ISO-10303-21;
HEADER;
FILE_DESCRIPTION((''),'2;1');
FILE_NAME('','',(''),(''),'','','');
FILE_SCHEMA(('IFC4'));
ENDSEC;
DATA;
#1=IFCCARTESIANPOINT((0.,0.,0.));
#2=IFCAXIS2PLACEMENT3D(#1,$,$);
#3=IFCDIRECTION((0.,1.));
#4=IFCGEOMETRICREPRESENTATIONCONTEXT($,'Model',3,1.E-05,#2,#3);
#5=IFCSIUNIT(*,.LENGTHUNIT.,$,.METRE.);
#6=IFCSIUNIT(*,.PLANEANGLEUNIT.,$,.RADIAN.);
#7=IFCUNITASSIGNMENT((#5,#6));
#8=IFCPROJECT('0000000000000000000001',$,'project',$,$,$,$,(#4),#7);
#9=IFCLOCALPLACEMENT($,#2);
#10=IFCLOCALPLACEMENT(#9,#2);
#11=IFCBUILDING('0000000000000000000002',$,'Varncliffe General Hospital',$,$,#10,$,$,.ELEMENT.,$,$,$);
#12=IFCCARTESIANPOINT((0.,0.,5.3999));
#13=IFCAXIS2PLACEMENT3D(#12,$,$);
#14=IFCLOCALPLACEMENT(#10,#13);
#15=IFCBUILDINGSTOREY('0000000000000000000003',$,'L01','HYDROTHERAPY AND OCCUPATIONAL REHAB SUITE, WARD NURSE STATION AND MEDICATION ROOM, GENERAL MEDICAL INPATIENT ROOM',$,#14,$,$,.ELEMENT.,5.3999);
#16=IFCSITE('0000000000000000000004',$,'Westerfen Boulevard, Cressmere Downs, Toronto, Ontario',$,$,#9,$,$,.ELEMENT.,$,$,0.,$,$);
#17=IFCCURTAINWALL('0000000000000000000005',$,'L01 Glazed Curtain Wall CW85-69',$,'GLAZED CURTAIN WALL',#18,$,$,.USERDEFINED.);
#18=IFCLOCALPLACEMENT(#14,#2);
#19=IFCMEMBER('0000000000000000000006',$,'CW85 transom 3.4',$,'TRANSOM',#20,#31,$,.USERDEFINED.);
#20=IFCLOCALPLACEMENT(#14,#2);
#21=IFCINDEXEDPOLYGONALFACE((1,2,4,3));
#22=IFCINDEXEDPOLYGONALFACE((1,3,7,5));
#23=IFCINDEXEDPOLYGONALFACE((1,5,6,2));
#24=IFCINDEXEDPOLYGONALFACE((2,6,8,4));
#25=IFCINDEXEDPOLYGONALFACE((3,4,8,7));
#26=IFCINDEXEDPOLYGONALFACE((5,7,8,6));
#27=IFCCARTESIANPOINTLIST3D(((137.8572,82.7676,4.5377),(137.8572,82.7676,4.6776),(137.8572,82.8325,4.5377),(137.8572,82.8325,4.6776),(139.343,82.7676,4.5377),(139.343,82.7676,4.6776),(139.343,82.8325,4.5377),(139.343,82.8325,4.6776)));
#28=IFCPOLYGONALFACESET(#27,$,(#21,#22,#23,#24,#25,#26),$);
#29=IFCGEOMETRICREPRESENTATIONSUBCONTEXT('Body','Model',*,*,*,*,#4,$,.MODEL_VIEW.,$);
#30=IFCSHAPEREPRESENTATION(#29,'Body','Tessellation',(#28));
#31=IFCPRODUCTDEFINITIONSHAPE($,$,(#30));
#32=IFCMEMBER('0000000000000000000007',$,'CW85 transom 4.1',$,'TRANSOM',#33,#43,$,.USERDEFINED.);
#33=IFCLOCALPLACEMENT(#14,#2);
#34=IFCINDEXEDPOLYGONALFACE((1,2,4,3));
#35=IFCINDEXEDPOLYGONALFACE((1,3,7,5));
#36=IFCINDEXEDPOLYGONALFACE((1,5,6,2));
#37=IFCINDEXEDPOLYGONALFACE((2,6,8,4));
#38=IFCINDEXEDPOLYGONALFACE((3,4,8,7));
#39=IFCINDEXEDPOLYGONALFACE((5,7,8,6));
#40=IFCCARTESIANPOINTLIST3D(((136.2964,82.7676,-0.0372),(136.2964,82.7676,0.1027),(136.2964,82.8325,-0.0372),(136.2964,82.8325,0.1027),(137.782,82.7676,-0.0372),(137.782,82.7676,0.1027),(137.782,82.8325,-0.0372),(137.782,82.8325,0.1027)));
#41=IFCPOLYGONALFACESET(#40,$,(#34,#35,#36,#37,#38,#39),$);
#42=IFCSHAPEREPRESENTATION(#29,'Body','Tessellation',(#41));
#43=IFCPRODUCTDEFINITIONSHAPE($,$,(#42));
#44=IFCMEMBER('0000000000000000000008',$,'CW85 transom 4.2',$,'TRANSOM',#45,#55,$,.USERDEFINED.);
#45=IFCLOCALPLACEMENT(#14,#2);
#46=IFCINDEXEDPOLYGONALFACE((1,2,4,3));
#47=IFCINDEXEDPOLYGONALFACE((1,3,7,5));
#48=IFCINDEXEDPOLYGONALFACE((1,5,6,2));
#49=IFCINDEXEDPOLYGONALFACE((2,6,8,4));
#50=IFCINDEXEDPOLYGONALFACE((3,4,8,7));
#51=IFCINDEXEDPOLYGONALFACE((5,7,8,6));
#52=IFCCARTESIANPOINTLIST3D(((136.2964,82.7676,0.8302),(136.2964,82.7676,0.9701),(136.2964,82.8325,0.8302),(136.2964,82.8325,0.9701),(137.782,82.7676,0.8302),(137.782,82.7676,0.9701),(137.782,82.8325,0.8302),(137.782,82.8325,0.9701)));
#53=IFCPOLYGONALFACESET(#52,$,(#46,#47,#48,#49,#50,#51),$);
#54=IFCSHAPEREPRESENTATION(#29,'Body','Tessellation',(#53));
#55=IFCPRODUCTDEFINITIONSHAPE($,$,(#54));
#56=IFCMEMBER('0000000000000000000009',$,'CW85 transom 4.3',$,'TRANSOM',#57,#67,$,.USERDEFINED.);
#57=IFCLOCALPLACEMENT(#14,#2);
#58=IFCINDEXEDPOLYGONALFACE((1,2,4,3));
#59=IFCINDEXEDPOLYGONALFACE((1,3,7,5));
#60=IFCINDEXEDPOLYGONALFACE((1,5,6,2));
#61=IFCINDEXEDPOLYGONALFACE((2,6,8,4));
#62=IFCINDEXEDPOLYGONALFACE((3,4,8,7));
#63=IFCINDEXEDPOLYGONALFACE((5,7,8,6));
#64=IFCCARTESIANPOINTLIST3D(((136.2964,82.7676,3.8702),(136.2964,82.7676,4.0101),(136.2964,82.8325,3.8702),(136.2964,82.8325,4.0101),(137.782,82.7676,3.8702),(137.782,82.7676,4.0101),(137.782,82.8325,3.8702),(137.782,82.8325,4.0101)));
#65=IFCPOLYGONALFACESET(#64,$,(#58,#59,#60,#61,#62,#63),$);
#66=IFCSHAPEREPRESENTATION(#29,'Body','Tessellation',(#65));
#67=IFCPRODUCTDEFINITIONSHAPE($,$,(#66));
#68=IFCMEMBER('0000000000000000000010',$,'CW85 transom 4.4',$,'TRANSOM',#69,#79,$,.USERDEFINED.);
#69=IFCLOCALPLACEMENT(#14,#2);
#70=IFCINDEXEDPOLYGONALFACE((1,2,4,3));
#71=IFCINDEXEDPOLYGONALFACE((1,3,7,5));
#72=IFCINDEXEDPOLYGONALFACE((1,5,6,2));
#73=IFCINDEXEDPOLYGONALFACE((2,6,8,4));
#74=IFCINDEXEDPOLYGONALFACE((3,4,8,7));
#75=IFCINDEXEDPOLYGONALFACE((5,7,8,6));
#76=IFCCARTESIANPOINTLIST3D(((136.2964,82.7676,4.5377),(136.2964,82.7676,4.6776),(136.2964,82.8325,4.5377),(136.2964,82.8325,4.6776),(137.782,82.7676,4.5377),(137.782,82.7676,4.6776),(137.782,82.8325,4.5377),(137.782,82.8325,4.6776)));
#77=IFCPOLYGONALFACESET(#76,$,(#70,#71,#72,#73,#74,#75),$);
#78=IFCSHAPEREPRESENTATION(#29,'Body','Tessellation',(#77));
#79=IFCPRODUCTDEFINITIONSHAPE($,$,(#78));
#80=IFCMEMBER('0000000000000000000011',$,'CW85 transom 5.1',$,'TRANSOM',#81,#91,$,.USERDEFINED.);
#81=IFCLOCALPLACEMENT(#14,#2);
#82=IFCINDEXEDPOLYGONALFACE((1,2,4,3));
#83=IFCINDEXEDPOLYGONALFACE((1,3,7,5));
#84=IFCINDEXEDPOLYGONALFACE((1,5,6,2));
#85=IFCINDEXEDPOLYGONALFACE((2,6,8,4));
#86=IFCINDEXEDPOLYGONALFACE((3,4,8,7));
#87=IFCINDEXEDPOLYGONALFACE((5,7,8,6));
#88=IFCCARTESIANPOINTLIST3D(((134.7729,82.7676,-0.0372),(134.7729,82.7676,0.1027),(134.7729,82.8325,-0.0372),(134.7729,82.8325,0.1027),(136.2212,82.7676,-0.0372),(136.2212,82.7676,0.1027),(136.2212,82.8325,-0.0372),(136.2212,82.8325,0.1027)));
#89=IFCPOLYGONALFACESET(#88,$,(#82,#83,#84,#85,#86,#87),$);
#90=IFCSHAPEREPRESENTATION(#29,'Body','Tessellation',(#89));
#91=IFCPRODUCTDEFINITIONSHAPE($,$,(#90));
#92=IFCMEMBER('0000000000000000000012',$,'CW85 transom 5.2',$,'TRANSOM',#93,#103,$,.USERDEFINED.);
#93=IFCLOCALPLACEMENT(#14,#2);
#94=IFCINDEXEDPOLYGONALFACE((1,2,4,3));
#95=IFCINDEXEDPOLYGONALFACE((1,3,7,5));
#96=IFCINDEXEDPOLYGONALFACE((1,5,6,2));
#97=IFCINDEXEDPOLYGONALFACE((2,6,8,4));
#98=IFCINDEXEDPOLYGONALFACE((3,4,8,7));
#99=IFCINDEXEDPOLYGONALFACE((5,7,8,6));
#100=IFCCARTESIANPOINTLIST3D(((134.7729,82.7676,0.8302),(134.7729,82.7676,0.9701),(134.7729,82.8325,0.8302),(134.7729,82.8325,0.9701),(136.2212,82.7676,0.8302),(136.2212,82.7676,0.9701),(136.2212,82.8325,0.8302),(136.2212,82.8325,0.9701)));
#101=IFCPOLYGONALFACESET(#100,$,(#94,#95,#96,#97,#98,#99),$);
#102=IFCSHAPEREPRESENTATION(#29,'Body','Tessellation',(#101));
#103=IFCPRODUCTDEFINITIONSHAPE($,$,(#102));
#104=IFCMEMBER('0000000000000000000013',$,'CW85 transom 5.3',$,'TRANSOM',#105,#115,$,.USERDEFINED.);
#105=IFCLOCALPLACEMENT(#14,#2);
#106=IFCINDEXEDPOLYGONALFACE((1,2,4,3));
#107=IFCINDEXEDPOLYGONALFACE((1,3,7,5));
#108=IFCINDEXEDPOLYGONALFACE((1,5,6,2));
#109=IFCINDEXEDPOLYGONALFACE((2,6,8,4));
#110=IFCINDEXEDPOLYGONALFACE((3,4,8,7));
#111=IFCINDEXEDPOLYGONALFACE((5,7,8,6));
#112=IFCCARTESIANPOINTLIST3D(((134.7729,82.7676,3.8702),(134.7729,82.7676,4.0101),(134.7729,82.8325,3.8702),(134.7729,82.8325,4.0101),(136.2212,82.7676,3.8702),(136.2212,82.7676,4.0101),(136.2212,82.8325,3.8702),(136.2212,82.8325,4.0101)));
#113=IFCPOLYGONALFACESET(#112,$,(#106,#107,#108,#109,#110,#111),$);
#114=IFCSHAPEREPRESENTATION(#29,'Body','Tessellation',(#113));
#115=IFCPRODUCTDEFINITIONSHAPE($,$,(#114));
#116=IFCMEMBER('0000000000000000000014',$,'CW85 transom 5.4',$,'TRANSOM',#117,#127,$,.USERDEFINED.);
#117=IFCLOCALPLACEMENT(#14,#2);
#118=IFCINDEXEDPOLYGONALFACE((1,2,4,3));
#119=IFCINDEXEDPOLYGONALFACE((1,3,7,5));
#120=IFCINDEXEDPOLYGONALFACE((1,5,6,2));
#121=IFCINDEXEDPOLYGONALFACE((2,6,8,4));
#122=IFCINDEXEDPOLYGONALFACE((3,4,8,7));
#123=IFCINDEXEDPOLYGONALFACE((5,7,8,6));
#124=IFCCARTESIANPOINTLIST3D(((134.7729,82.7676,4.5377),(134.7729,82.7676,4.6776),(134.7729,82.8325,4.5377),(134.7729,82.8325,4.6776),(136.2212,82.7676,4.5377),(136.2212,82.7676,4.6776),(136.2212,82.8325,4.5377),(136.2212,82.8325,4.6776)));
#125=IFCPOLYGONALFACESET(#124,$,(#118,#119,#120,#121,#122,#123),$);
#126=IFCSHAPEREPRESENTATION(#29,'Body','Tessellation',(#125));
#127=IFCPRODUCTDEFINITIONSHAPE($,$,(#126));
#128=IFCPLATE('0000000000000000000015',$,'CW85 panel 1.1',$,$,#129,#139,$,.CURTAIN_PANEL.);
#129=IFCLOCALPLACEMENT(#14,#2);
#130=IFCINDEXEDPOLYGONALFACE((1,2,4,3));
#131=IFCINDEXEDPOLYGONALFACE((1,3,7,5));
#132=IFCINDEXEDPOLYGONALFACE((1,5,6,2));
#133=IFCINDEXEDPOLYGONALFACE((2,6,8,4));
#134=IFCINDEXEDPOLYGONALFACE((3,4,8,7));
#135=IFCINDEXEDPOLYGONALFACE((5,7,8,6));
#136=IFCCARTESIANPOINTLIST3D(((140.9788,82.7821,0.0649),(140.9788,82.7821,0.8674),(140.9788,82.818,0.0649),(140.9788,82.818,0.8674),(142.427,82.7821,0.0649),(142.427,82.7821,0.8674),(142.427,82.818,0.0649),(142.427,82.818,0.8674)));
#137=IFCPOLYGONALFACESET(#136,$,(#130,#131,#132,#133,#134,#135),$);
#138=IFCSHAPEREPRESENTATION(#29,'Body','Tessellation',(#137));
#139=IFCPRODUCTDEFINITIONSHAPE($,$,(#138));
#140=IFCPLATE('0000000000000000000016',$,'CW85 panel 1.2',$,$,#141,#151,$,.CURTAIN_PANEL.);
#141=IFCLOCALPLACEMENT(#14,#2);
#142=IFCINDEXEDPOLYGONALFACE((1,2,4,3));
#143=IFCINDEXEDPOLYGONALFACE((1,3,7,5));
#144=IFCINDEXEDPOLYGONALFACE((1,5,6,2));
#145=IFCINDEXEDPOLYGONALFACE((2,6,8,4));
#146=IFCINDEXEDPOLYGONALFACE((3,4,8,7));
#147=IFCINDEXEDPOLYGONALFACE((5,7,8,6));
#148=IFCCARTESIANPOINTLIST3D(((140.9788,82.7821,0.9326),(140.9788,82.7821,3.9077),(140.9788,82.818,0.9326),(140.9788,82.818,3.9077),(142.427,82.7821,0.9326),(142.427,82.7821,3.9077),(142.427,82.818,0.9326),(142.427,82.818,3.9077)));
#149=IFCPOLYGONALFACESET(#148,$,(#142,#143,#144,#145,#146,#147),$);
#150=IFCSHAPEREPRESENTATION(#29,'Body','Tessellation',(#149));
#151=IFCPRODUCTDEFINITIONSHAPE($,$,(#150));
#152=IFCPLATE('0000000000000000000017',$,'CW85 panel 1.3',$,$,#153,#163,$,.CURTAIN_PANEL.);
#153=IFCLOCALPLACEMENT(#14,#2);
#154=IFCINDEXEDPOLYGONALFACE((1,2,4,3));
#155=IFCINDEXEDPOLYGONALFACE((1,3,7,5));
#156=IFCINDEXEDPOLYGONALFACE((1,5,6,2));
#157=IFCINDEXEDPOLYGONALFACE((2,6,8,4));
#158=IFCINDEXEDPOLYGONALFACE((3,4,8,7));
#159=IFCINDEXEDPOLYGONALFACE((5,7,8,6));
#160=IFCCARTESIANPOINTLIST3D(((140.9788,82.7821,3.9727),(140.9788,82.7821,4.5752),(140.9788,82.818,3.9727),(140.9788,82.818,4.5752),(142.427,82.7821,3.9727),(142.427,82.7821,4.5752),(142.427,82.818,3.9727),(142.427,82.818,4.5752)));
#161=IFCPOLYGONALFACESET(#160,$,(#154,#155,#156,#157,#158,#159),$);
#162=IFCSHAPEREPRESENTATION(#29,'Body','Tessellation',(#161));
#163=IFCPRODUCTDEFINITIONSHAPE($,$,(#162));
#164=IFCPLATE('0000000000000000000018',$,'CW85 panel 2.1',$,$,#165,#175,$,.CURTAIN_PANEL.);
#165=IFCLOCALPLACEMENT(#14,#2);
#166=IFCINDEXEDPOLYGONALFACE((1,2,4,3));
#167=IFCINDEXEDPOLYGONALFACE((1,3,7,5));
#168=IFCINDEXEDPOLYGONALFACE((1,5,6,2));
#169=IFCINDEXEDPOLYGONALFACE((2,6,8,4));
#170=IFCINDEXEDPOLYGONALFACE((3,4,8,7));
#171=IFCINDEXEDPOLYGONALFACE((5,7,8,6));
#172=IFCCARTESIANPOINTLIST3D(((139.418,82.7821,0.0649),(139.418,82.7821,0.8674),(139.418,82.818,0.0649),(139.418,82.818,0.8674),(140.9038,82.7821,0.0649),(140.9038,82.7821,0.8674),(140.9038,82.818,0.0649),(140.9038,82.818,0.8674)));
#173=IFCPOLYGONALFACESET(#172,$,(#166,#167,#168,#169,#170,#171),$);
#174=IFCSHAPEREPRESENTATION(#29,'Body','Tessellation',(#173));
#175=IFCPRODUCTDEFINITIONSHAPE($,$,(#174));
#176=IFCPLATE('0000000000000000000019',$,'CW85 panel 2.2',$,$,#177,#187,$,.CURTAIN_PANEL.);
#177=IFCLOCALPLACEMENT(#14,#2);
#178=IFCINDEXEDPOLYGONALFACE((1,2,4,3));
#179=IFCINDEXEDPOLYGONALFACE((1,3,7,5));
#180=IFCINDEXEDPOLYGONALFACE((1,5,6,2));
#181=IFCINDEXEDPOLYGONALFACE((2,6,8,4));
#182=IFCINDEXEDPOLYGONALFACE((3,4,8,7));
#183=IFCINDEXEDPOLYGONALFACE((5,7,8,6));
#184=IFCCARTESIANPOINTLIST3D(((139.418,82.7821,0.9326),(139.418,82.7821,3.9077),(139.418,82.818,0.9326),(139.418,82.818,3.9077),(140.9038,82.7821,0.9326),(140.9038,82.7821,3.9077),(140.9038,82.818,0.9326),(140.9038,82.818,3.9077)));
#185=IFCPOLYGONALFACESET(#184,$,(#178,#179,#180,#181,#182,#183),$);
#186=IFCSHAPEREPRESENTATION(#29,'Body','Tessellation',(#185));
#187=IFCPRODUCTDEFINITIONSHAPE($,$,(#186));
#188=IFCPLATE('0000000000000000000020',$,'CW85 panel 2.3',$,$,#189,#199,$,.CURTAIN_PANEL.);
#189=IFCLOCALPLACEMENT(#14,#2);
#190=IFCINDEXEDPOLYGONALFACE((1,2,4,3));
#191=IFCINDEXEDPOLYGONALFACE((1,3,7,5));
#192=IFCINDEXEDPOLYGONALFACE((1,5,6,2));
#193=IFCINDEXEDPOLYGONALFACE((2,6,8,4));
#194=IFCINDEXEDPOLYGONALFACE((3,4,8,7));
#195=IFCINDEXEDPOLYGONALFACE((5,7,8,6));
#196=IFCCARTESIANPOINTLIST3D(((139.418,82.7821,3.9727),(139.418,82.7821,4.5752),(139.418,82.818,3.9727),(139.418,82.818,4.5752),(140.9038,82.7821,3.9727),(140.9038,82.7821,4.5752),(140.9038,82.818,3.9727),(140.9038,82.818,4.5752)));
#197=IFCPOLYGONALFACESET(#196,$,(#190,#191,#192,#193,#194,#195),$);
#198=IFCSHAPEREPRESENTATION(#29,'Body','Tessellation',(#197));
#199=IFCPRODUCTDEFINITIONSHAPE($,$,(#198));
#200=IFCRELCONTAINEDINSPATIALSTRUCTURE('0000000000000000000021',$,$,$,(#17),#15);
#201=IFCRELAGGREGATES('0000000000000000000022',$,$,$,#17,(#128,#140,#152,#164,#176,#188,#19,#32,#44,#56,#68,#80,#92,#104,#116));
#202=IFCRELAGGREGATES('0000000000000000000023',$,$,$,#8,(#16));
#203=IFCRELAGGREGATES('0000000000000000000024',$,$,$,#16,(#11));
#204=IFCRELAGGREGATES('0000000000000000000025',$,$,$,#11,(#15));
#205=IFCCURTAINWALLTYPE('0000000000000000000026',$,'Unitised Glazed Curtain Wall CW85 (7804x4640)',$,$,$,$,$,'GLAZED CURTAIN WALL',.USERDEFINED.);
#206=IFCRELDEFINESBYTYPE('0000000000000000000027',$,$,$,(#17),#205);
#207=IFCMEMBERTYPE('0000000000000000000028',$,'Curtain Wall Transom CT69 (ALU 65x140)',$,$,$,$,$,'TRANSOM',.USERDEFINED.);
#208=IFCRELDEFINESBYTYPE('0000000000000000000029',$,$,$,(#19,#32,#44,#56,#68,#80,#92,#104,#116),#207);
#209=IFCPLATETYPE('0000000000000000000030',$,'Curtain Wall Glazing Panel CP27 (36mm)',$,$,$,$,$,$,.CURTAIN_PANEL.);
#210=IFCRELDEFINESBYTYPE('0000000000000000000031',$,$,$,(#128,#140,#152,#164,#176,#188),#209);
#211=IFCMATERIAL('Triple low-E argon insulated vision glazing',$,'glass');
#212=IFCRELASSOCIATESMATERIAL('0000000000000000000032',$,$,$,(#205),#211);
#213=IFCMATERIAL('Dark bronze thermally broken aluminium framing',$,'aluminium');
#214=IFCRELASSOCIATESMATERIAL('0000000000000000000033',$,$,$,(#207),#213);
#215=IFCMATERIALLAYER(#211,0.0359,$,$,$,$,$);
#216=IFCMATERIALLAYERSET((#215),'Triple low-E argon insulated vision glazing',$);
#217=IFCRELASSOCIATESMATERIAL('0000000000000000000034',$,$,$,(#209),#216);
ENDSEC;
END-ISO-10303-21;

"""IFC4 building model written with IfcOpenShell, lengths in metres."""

from ifc_helpers import new_model, si_unit, direction, frame, origin, origin_2d, place, context, subcontext, project, spatial, rectangle, extrude, material, layer, layer_set, material_profile, profile_set, type_object, element, aggregate, save


model = new_model("IFC4")

# Units and contexts
model_context = context("Model", 3, precision=1e-05, world=origin(), true_north=direction((0.0, 1.0)))
body_context = subcontext(model_context, "Body", "Model", "MODEL_VIEW")
ifc_project = project(units=[si_unit("LENGTHUNIT", "METRE"), si_unit("PLANEANGLEUNIT", "RADIAN")], contexts=[model_context])

# Site, building, storey
site_placement = place(None, origin())
site = spatial("IfcSite", under=ifc_project, at=site_placement, Name="Westerfen Boulevard, Cressmere Downs, Toronto, Ontario", CompositionType="ELEMENT", RefElevation=0.0)
building_placement = place(site_placement, origin())
building = spatial("IfcBuilding", under=site, at=building_placement, Name="Varncliffe General Hospital", CompositionType="ELEMENT")
storey_placement = place(building_placement, frame((0.0, 0.0, 5.3999)))
storey = spatial("IfcBuildingStorey", under=building, at=storey_placement, Name="L01", Description="HYDROTHERAPY AND OCCUPATIONAL REHAB SUITE, WARD NURSE STATION AND MEDICATION ROOM, GENERAL MEDICAL INPATIENT ROOM", CompositionType="ELEMENT", Elevation=5.3999)

# Curtain wall, members, plates
ifc_material_1 = material(Name="Triple low-E argon insulated vision glazing", Category="glass")
curtain_wall_type = type_object("IfcCurtainWallType", Name="Unitised Glazed Curtain Wall CW85 (7804x4640)", ElementType="GLAZED CURTAIN WALL", PredefinedType="USERDEFINED", material=ifc_material_1)
curtain_wall_placement = place(storey_placement, origin())
curtain_wall = element("IfcCurtainWall", 1, at=curtain_wall_placement, inside=storey, type_object=curtain_wall_type, Name="L01 Glazed Curtain Wall CW85-69", ObjectType="GLAZED CURTAIN WALL", PredefinedType="USERDEFINED")
ifc_material_2 = material(Name="Dark bronze thermally broken aluminium framing", Category="aluminium")
ifc_material_profile_1 = material_profile(ifc_material_2, rectangle(XDim=0.0649, YDim=0.1399, at=origin_2d()), Name="ALU 65x140")
ifc_profile_set_1 = profile_set([ifc_material_profile_1], Name="Dark bronze thermally broken aluminium framing")
member_type_1 = type_object("IfcMemberType", Name="Curtain Wall Transom CT69 (ALU 65x140)", ElementType="TRANSOM", PredefinedType="USERDEFINED", material=ifc_profile_set_1)
member_1_placement = place(storey_placement, frame((139.343, 82.8, 4.6077), z_axis=(-1.0, 0.0, 0.0), x_axis=(0.0, -1.0, 0.0)))
member_1 = element("IfcMember", 2, at=member_1_placement, type_object=member_type_1, Name="CW85 transom 3.4", ObjectType="TRANSOM", PredefinedType="USERDEFINED", context=body_context, shape_type="SweptSolid", body=[
    extrude(rectangle(XDim=0.0649, YDim=0.1399, at=origin_2d()), origin(), (0.0, 0.0, 1.0), 1.4858),
])
member_2_placement = place(storey_placement, frame((137.782, 82.8, 0.0327), z_axis=(-1.0, 0.0, 0.0), x_axis=(0.0, -1.0, 0.0)))
member_2 = element("IfcMember", 3, at=member_2_placement, type_object=member_type_1, Name="CW85 transom 4.1", ObjectType="TRANSOM", PredefinedType="USERDEFINED", context=body_context, shape_type="SweptSolid", body=[
    extrude(rectangle(XDim=0.0649, YDim=0.1399, at=origin_2d()), origin(), (0.0, 0.0, 1.0), 1.4856),
])
member_3_placement = place(storey_placement, frame((137.782, 82.8, 0.9001), z_axis=(-1.0, 0.0, 0.0), x_axis=(0.0, -1.0, 0.0)))
member_3 = element("IfcMember", 4, at=member_3_placement, type_object=member_type_1, Name="CW85 transom 4.2", ObjectType="TRANSOM", PredefinedType="USERDEFINED", context=body_context, shape_type="SweptSolid", body=[
    extrude(rectangle(XDim=0.0649, YDim=0.1399, at=origin_2d()), origin(), (0.0, 0.0, 1.0), 1.4856),
])
member_4_placement = place(storey_placement, frame((137.782, 82.8, 3.9402), z_axis=(-1.0, 0.0, 0.0), x_axis=(0.0, -1.0, 0.0)))
member_4 = element("IfcMember", 5, at=member_4_placement, type_object=member_type_1, Name="CW85 transom 4.3", ObjectType="TRANSOM", PredefinedType="USERDEFINED", context=body_context, shape_type="SweptSolid", body=[
    extrude(rectangle(XDim=0.0649, YDim=0.1399, at=origin_2d()), origin(), (0.0, 0.0, 1.0), 1.4856),
])
member_5_placement = place(storey_placement, frame((137.782, 82.8, 4.6077), z_axis=(-1.0, 0.0, 0.0), x_axis=(0.0, -1.0, 0.0)))
member_5 = element("IfcMember", 6, at=member_5_placement, type_object=member_type_1, Name="CW85 transom 4.4", ObjectType="TRANSOM", PredefinedType="USERDEFINED", context=body_context, shape_type="SweptSolid", body=[
    extrude(rectangle(XDim=0.0649, YDim=0.1399, at=origin_2d()), origin(), (0.0, 0.0, 1.0), 1.4856),
])
member_6_placement = place(storey_placement, frame((136.2212, 82.8, 0.0327), z_axis=(-1.0, 0.0, 0.0), x_axis=(0.0, -1.0, 0.0)))
member_6 = element("IfcMember", 7, at=member_6_placement, type_object=member_type_1, Name="CW85 transom 5.1", ObjectType="TRANSOM", PredefinedType="USERDEFINED", context=body_context, shape_type="SweptSolid", body=[
    extrude(rectangle(XDim=0.0649, YDim=0.1399, at=origin_2d()), origin(), (0.0, 0.0, 1.0), 1.4482),
])
member_7_placement = place(storey_placement, frame((136.2212, 82.8, 0.9001), z_axis=(-1.0, 0.0, 0.0), x_axis=(0.0, -1.0, 0.0)))
member_7 = element("IfcMember", 8, at=member_7_placement, type_object=member_type_1, Name="CW85 transom 5.2", ObjectType="TRANSOM", PredefinedType="USERDEFINED", context=body_context, shape_type="SweptSolid", body=[
    extrude(rectangle(XDim=0.0649, YDim=0.1399, at=origin_2d()), origin(), (0.0, 0.0, 1.0), 1.4482),
])
member_8_placement = place(storey_placement, frame((136.2212, 82.8, 3.9402), z_axis=(-1.0, 0.0, 0.0), x_axis=(0.0, -1.0, 0.0)))
member_8 = element("IfcMember", 9, at=member_8_placement, type_object=member_type_1, Name="CW85 transom 5.3", ObjectType="TRANSOM", PredefinedType="USERDEFINED", context=body_context, shape_type="SweptSolid", body=[
    extrude(rectangle(XDim=0.0649, YDim=0.1399, at=origin_2d()), origin(), (0.0, 0.0, 1.0), 1.4482),
])
member_9_placement = place(storey_placement, frame((136.2212, 82.8, 4.6077), z_axis=(-1.0, 0.0, 0.0), x_axis=(0.0, -1.0, 0.0)))
member_9 = element("IfcMember", 10, at=member_9_placement, type_object=member_type_1, Name="CW85 transom 5.4", ObjectType="TRANSOM", PredefinedType="USERDEFINED", context=body_context, shape_type="SweptSolid", body=[
    extrude(rectangle(XDim=0.0649, YDim=0.1399, at=origin_2d()), origin(), (0.0, 0.0, 1.0), 1.4482),
])
ifc_layer = layer(ifc_material_1, 0.0359)
ifc_layer_set = layer_set([ifc_layer], Name="Triple low-E argon insulated vision glazing")
plate_type = type_object("IfcPlateType", Name="Curtain Wall Glazing Panel CP27 (36mm)", PredefinedType="CURTAIN_PANEL", material=ifc_layer_set)
plate_1_placement = place(storey_placement, frame((141.7029, 82.8, 0.0649), z_axis=(0.0, 0.0, 1.0), x_axis=(-1.0, 0.0, 0.0)))
plate_1 = element("IfcPlate", 11, at=plate_1_placement, type_object=plate_type, Name="CW85 panel 1.1", PredefinedType="CURTAIN_PANEL", context=body_context, shape_type="SweptSolid", body=[
    extrude(rectangle(XDim=1.4482, YDim=0.0359, at=origin_2d()), origin(), (0.0, 0.0, 1.0), 0.8025),
])
plate_2_placement = place(storey_placement, frame((141.7029, 82.8, 0.9326), z_axis=(0.0, 0.0, 1.0), x_axis=(-1.0, 0.0, 0.0)))
plate_2 = element("IfcPlate", 12, at=plate_2_placement, type_object=plate_type, Name="CW85 panel 1.2", PredefinedType="CURTAIN_PANEL", context=body_context, shape_type="SweptSolid", body=[
    extrude(rectangle(XDim=1.4482, YDim=0.0359, at=origin_2d()), origin(), (0.0, 0.0, 1.0), 2.9751),
])
plate_3_placement = place(storey_placement, frame((141.7029, 82.8, 3.9727), z_axis=(0.0, 0.0, 1.0), x_axis=(-1.0, 0.0, 0.0)))
plate_3 = element("IfcPlate", 13, at=plate_3_placement, type_object=plate_type, Name="CW85 panel 1.3", PredefinedType="CURTAIN_PANEL", context=body_context, shape_type="SweptSolid", body=[
    extrude(rectangle(XDim=1.4482, YDim=0.0359, at=origin_2d()), origin(), (0.0, 0.0, 1.0), 0.6025),
])
plate_4_placement = place(storey_placement, frame((140.1609, 82.8, 0.0649), z_axis=(0.0, 0.0, 1.0), x_axis=(-1.0, 0.0, 0.0)))
plate_4 = element("IfcPlate", 14, at=plate_4_placement, type_object=plate_type, Name="CW85 panel 2.1", PredefinedType="CURTAIN_PANEL", context=body_context, shape_type="SweptSolid", body=[
    extrude(rectangle(XDim=1.4858, YDim=0.0359, at=origin_2d()), origin(), (0.0, 0.0, 1.0), 0.8025),
])
plate_5_placement = place(storey_placement, frame((140.1609, 82.8, 0.9326), z_axis=(0.0, 0.0, 1.0), x_axis=(-1.0, 0.0, 0.0)))
plate_5 = element("IfcPlate", 15, at=plate_5_placement, type_object=plate_type, Name="CW85 panel 2.2", PredefinedType="CURTAIN_PANEL", context=body_context, shape_type="SweptSolid", body=[
    extrude(rectangle(XDim=1.4858, YDim=0.0359, at=origin_2d()), origin(), (0.0, 0.0, 1.0), 2.9751),
])
plate_6_placement = place(storey_placement, frame((140.1609, 82.8, 3.9727), z_axis=(0.0, 0.0, 1.0), x_axis=(-1.0, 0.0, 0.0)))
plate_6 = element("IfcPlate", 16, at=plate_6_placement, type_object=plate_type, Name="CW85 panel 2.3", PredefinedType="CURTAIN_PANEL", context=body_context, shape_type="SweptSolid", body=[
    extrude(rectangle(XDim=1.4858, YDim=0.0359, at=origin_2d()), origin(), (0.0, 0.0, 1.0), 0.6025),
])
aggregate(curtain_wall, [plate_1, plate_2, plate_3, plate_4, plate_5, plate_6, member_1, member_2, member_3, member_4, member_5, member_6, member_7, member_8, member_9])

save(model, "model.ifc")
